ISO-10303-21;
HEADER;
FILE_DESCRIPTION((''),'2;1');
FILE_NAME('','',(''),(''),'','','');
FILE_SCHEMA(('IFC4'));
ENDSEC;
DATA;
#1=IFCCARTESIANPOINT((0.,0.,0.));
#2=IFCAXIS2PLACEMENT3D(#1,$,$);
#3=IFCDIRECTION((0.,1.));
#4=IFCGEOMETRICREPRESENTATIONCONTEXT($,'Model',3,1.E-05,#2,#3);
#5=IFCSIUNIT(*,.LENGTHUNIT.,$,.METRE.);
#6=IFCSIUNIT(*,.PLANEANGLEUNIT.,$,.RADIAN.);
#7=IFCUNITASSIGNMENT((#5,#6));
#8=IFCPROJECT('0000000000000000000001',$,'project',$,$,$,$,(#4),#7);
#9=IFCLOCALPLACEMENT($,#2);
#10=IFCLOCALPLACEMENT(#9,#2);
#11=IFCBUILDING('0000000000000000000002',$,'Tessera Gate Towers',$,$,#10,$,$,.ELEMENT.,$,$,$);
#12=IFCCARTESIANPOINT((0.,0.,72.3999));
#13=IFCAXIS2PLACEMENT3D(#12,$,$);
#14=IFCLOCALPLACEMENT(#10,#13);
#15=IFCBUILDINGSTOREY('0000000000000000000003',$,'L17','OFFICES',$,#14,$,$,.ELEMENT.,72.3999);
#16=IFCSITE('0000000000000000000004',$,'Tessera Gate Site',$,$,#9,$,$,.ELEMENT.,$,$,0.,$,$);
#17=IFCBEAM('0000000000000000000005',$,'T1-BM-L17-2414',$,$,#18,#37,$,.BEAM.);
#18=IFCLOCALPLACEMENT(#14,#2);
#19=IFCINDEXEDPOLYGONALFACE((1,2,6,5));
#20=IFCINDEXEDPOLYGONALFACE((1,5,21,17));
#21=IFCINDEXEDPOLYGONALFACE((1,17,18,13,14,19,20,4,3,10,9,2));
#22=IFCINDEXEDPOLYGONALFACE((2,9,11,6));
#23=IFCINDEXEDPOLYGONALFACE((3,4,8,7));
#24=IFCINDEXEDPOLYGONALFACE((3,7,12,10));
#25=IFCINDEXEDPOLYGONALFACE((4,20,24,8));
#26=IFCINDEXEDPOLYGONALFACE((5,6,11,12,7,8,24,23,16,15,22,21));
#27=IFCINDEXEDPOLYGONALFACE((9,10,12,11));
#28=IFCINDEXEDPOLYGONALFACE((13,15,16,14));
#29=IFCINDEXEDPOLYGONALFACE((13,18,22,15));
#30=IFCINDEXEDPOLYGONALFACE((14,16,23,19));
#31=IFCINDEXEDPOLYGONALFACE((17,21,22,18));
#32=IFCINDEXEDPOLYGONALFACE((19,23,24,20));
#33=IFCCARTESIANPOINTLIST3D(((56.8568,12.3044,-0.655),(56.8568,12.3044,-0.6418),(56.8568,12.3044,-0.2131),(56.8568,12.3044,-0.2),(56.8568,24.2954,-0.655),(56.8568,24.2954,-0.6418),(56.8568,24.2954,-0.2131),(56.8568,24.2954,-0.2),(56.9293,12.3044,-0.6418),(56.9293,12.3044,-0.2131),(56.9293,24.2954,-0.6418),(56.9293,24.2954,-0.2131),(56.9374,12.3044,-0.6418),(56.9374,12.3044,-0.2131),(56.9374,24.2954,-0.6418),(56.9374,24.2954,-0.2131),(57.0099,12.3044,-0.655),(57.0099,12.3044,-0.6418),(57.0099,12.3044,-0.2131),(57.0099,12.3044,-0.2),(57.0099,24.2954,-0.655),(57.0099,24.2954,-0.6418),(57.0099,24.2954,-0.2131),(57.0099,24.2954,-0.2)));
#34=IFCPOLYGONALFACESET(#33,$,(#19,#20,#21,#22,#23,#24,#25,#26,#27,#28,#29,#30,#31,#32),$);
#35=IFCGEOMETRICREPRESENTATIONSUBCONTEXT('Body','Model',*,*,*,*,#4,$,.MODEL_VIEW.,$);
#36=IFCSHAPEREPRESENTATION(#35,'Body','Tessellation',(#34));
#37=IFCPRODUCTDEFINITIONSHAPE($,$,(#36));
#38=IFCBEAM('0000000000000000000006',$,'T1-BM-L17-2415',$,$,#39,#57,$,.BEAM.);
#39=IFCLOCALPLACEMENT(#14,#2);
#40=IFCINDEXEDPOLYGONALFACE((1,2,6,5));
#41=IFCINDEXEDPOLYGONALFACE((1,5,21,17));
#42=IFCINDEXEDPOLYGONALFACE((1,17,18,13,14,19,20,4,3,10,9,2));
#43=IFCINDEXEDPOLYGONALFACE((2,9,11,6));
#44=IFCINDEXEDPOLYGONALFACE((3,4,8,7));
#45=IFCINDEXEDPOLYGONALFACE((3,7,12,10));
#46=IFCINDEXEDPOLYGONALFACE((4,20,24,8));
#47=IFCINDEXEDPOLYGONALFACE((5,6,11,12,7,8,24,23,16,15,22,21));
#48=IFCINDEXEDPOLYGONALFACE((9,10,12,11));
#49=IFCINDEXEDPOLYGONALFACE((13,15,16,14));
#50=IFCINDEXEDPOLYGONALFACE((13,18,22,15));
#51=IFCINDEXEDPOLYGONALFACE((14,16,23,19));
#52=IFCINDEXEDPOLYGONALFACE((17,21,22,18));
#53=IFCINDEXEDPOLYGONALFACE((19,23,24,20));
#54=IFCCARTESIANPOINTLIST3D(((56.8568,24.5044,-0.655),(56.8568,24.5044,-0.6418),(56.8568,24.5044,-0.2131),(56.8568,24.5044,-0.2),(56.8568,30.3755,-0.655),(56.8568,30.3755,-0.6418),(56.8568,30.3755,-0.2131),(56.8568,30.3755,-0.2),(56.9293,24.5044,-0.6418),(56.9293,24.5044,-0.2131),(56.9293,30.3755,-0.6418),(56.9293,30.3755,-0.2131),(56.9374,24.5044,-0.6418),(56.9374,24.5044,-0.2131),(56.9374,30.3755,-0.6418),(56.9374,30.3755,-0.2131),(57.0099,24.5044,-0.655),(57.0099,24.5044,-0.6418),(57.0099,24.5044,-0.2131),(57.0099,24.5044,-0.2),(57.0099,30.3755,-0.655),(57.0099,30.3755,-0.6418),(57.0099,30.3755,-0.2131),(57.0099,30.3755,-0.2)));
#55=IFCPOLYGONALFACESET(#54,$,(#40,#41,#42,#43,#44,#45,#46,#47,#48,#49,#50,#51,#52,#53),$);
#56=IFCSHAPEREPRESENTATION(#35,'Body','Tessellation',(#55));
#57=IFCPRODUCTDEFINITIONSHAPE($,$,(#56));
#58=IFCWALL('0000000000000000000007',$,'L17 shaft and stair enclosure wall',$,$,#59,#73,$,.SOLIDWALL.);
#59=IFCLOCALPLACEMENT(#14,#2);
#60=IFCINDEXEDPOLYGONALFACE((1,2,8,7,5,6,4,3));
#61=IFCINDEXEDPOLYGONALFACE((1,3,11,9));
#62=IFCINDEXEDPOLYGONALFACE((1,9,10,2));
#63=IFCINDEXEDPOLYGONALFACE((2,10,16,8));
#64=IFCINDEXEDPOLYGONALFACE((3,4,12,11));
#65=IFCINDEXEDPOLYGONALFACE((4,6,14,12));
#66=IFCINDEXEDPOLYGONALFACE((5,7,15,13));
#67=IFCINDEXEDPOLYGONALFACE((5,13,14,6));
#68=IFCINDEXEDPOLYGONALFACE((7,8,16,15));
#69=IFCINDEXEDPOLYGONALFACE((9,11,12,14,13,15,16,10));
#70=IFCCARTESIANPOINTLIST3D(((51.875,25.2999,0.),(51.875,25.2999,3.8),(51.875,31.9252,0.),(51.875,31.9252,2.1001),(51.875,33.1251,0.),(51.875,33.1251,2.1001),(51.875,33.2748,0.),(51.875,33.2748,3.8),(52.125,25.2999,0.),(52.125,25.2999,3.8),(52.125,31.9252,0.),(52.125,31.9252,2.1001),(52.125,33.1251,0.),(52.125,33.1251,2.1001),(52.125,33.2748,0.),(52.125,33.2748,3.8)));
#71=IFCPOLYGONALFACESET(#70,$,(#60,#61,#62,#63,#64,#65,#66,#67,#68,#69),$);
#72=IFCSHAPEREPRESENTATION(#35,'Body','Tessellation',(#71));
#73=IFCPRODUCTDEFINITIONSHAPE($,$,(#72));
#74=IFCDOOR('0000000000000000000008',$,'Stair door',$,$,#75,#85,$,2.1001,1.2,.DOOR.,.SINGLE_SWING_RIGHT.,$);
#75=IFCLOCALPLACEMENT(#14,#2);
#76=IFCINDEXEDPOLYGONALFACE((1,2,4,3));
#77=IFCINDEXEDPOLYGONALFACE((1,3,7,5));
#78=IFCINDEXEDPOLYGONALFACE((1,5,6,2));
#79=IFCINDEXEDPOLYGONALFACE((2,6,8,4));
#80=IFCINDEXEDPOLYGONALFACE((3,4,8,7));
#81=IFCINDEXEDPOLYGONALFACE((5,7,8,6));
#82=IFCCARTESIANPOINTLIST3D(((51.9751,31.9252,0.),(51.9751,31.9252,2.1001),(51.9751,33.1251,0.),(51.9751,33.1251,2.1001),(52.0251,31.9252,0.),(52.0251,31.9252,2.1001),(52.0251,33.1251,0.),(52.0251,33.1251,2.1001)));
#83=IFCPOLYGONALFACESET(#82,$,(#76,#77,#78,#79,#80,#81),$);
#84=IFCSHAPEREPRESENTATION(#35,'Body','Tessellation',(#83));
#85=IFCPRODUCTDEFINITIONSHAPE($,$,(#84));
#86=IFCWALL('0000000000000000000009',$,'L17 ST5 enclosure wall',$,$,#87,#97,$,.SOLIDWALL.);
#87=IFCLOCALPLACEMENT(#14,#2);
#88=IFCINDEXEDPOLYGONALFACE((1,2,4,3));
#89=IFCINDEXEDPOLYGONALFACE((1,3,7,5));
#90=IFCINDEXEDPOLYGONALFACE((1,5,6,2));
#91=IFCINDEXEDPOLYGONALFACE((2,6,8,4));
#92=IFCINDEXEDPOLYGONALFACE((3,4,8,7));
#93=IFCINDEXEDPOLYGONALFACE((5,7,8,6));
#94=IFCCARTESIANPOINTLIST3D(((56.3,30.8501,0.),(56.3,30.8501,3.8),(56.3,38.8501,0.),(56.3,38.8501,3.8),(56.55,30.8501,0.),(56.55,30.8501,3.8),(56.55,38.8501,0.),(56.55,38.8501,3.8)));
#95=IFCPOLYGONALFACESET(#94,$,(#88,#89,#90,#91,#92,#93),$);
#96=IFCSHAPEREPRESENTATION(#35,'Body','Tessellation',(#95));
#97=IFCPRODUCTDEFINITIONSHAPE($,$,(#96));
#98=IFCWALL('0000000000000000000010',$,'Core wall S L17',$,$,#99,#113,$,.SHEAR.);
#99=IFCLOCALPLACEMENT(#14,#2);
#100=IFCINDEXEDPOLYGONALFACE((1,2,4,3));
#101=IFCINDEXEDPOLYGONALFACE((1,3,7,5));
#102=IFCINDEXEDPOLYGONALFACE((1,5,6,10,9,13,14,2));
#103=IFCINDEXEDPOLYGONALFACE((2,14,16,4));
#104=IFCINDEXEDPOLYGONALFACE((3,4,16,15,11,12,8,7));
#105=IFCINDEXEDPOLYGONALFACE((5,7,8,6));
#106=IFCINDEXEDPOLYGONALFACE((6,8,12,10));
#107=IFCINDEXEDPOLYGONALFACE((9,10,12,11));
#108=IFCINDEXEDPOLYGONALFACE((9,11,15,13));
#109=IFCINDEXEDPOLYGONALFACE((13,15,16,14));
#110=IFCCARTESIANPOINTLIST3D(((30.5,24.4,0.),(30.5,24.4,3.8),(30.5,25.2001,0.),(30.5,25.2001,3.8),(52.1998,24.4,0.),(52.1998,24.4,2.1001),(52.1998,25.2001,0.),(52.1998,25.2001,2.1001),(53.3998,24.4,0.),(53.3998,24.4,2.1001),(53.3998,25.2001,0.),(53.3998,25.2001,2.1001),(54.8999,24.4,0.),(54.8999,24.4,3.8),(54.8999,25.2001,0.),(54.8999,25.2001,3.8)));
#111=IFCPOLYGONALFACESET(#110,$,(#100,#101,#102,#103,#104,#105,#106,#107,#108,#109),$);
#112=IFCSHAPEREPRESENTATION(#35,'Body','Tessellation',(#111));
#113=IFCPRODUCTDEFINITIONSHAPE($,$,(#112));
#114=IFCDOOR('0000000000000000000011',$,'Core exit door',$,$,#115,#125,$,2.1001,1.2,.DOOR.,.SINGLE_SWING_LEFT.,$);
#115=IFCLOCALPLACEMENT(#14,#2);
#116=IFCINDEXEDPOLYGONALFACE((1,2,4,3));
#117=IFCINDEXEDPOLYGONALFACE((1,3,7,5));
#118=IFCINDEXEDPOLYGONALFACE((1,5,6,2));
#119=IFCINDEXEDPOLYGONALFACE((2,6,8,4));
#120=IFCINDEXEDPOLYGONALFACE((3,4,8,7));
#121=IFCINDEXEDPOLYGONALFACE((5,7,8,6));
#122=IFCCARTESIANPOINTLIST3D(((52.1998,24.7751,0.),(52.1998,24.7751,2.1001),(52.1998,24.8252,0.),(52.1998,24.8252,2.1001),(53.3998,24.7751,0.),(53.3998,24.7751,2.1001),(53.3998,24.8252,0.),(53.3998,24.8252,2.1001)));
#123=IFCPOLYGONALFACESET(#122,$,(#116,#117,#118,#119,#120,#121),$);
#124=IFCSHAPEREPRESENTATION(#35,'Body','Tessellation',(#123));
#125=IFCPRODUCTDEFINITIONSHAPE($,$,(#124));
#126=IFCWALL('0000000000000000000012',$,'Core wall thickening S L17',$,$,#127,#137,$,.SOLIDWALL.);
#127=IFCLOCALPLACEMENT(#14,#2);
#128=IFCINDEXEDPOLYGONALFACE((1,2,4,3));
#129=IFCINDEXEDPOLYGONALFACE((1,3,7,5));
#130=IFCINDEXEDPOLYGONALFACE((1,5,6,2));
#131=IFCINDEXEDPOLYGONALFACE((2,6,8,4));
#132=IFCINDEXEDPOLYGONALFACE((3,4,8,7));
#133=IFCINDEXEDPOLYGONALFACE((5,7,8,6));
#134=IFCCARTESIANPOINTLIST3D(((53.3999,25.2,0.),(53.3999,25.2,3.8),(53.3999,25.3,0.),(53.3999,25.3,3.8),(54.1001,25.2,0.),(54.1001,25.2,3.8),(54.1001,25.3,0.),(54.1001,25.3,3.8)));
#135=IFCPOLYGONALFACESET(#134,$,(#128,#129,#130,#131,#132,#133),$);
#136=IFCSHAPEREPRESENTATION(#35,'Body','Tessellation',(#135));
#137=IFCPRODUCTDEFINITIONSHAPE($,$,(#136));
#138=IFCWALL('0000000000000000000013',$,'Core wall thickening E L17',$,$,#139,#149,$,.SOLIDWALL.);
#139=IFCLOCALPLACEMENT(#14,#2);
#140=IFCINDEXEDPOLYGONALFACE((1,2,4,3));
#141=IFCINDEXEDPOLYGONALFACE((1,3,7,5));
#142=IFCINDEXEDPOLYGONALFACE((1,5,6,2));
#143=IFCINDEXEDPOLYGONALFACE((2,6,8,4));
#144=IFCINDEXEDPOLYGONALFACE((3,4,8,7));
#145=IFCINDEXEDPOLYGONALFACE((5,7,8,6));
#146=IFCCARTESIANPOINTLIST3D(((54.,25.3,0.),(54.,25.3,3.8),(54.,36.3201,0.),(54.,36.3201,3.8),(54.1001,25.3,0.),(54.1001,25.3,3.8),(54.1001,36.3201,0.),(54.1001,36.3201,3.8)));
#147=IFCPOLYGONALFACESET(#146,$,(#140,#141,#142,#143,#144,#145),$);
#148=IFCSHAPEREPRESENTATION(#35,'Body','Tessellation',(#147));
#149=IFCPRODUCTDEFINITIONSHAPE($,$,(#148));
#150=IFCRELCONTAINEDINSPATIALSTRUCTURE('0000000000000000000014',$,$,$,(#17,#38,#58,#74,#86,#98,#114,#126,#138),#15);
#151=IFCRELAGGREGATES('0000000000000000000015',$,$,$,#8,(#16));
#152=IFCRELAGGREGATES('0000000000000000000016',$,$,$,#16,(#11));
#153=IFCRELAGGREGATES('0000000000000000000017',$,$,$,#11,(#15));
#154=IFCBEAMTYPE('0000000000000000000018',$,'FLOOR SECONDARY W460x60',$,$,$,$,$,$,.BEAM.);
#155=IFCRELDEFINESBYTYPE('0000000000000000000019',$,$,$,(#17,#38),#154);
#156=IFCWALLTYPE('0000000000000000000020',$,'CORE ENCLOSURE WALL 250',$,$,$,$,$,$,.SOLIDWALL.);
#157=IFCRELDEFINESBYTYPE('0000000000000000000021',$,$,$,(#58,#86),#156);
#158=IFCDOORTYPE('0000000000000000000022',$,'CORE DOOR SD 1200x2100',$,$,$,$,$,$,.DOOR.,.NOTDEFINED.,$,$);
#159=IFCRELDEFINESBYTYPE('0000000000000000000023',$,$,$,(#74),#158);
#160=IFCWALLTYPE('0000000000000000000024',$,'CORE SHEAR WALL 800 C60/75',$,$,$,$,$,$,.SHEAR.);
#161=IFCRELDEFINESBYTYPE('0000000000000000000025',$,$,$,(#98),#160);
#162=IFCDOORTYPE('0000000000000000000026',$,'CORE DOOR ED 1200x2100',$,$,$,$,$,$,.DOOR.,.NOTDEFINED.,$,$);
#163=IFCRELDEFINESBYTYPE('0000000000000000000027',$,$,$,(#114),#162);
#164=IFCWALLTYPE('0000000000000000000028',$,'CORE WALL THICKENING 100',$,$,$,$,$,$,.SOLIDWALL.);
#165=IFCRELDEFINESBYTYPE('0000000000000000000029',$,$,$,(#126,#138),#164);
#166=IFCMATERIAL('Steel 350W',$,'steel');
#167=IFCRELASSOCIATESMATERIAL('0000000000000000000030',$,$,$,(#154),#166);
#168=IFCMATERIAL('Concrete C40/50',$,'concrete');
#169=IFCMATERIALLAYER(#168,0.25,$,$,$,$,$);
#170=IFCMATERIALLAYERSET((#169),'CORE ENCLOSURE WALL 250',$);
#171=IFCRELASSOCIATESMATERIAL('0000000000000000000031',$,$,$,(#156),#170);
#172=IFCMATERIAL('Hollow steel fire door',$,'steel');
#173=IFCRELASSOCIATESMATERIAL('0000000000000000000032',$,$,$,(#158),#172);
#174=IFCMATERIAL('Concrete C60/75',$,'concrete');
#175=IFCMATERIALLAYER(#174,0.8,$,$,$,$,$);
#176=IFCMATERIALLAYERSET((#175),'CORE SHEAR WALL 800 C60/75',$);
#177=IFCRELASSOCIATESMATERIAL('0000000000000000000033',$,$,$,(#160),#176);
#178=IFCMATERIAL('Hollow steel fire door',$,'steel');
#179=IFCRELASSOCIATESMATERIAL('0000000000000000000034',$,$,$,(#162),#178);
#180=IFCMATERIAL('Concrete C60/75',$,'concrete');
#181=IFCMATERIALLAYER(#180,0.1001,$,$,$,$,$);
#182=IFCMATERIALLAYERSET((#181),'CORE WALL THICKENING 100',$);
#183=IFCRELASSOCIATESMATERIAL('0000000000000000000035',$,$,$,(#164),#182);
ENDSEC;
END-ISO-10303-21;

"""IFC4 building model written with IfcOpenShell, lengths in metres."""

from ifc_helpers import new_model, si_unit, direction, frame, frame_2d, origin, origin_2d, place, context, subcontext, project, spatial, rectangle, i_section, extrude, source, transform, mapped, material, layer, layer_set, material_profile, profile_set, type_object, element, fill, save


model = new_model("IFC4")

# Units and contexts
model_context = context("Model", 3, precision=1e-05, world=origin(), true_north=direction((0.0, 1.0)))
body_context = subcontext(model_context, "Body", "Model", "MODEL_VIEW")
ifc_project = project(units=[si_unit("LENGTHUNIT", "METRE"), si_unit("PLANEANGLEUNIT", "RADIAN")], contexts=[model_context])

# Site, building, storey
site_placement = place(None, origin())
site = spatial("IfcSite", under=ifc_project, at=site_placement, Name="Tessera Gate Site", CompositionType="ELEMENT", RefElevation=0.0)
building_placement = place(site_placement, origin())
building = spatial("IfcBuilding", under=site, at=building_placement, Name="Tessera Gate Towers", CompositionType="ELEMENT")
storey_placement = place(building_placement, frame((0.0, 0.0, 72.3999)))
storey = spatial("IfcBuildingStorey", under=building, at=storey_placement, Name="L17", Description="OFFICES", CompositionType="ELEMENT", Elevation=72.3999)

# Beams
ifc_material_1 = material(Name="Steel 350W", Category="steel")
ifc_material_profile_1 = material_profile(ifc_material_1, i_section(OverallWidth=0.1531, OverallDepth=0.4551, WebThickness=0.0081, FlangeThickness=0.0132, at=origin_2d()), Name="W460x60")
ifc_profile_set_1 = profile_set([ifc_material_profile_1], Name="Steel 350W")
beam_type_1 = type_object("IfcBeamType", Name="FLOOR SECONDARY W460x60", PredefinedType="BEAM", material=ifc_profile_set_1)
beam_1_placement = place(storey_placement, frame((56.9333, 12.3044, -0.4275), z_axis=(0.0, 1.0, 0.0), x_axis=(-1.0, 0.0, 0.0)))
element("IfcBeam", 1, at=beam_1_placement, inside=storey, type_object=beam_type_1, Name="T1-BM-L17-2414", PredefinedType="BEAM", context=body_context, shape_type="SweptSolid", body=[
    extrude(i_section(OverallWidth=0.1531, OverallDepth=0.4551, WebThickness=0.0081, FlangeThickness=0.0132, at=origin_2d()), origin(), (0.0, 0.0, 1.0), 11.991),
])
beam_2_placement = place(storey_placement, frame((56.9333, 24.5044, -0.4275), z_axis=(0.0, 1.0, 0.0), x_axis=(-1.0, 0.0, 0.0)))
element("IfcBeam", 2, at=beam_2_placement, inside=storey, type_object=beam_type_1, Name="T1-BM-L17-2415", PredefinedType="BEAM", context=body_context, shape_type="SweptSolid", body=[
    extrude(i_section(OverallWidth=0.1531, OverallDepth=0.4551, WebThickness=0.0081, FlangeThickness=0.0132, at=origin_2d()), origin(), (0.0, 0.0, 1.0), 5.8711),
])

# Wall, opening, door
ifc_material_2 = material(Name="Concrete C40/50", Category="concrete")
ifc_layer_1 = layer(ifc_material_2, 0.25)
ifc_layer_set_1 = layer_set([ifc_layer_1], Name="CORE ENCLOSURE WALL 250")
wall_type_1 = type_object("IfcWallType", Name="CORE ENCLOSURE WALL 250", PredefinedType="SOLIDWALL", material=ifc_layer_set_1)
wall_1_placement = place(storey_placement, frame((52.0, 25.3, 0.0), z_axis=(0.0, 0.0, 1.0), x_axis=(0.0, 1.0, 0.0)))
wall_1 = element("IfcWall", 3, at=wall_1_placement, inside=storey, type_object=wall_type_1, Name="L17 shaft and stair enclosure wall", PredefinedType="SOLIDWALL", context=body_context, shape_type="SweptSolid", body=[
    extrude(rectangle(XDim=7.9749, YDim=0.25, at=frame_2d((3.9873, 0.0))), origin(), (0.0, 0.0, 1.0), 3.8),
])
shared_shape_1 = source(origin(), body_context, "Body", "SweptSolid", [
    extrude(rectangle(XDim=1.2, YDim=2.1001, at=frame_2d((0.6001, 1.05))), frame((0.0, 0.135, 0.0), z_axis=(0.0, -1.0, 0.0), x_axis=(1.0, 0.0, 0.0)), (0.0, 0.0, 1.0), 0.27),
])
opening_1_placement = place(wall_1_placement, frame((6.625, 0.0, 0.0)))
opening_1 = element("IfcOpeningElement", 4, at=opening_1_placement, cuts=wall_1, PredefinedType="OPENING", context=body_context, shape_type="MappedRepresentation", body=[
    mapped(shared_shape_1, transform((0.0, 0.0, 0.0), scale=1.0)),
])
ifc_material_3 = material(Name="Hollow steel fire door", Category="steel")
door_type_1 = type_object("IfcDoorType", Name="CORE DOOR SD 1200x2100", OperationType="NOTDEFINED", PredefinedType="DOOR", material=ifc_material_3)
shared_shape_2 = source(origin(), body_context, "Body", "SweptSolid", [
    extrude(rectangle(XDim=1.2, YDim=2.1001, at=frame_2d((0.6001, 1.05))), frame((0.0, 0.0249, 0.0), z_axis=(0.0, -1.0, 0.0), x_axis=(1.0, 0.0, 0.0)), (0.0, 0.0, 1.0), 0.05),
])
door_1_placement = place(opening_1_placement, origin())
door_1 = element("IfcDoor", 5, at=door_1_placement, inside=storey, type_object=door_type_1, Name="Stair door", OperationType="SINGLE_SWING_RIGHT", OverallHeight=2.1001, OverallWidth=1.2, PredefinedType="DOOR", context=body_context, shape_type="MappedRepresentation", body=[
    mapped(shared_shape_2, transform((0.0, 0.0, 0.0), scale=1.0)),
])
fill(opening_1, door_1)

# Wall
wall_2_placement = place(storey_placement, frame((56.425, 30.8501, 0.0), z_axis=(0.0, 0.0, 1.0), x_axis=(0.0, 1.0, 0.0)))
element("IfcWall", 6, at=wall_2_placement, inside=storey, type_object=wall_type_1, Name="L17 ST5 enclosure wall", PredefinedType="SOLIDWALL", context=body_context, shape_type="SweptSolid", body=[
    extrude(rectangle(XDim=8.0, YDim=0.25, at=frame_2d((4.0, 0.0))), origin(), (0.0, 0.0, 1.0), 3.8),
])

# Wall, opening, door
ifc_material_4 = material(Name="Concrete C60/75", Category="concrete")
ifc_layer_2 = layer(ifc_material_4, 0.8)
ifc_layer_set_2 = layer_set([ifc_layer_2], Name="CORE SHEAR WALL 800 C60/75")
wall_type_2 = type_object("IfcWallType", Name="CORE SHEAR WALL 800 C60/75", PredefinedType="SHEAR", material=ifc_layer_set_2)
wall_3_placement = place(storey_placement, frame((54.8999, 24.8, 0.0), z_axis=(0.0, 0.0, 1.0), x_axis=(-1.0, 0.0, 0.0)))
wall_3 = element("IfcWall", 7, at=wall_3_placement, inside=storey, type_object=wall_type_2, Name="Core wall S L17", PredefinedType="SHEAR", context=body_context, shape_type="SweptSolid", body=[
    extrude(rectangle(XDim=24.3999, YDim=0.8, at=frame_2d((12.2, 0.0))), origin(), (0.0, 0.0, 1.0), 3.8),
])
shared_shape_3 = source(origin(), body_context, "Body", "SweptSolid", [
    extrude(rectangle(XDim=1.2, YDim=2.1001, at=frame_2d((0.6001, 1.05))), frame((0.0, 0.4099, 0.0), z_axis=(0.0, -1.0, 0.0), x_axis=(1.0, 0.0, 0.0)), (0.0, 0.0, 1.0), 0.8201),
])
opening_2_placement = place(wall_3_placement, frame((1.5, 0.0, 0.0)))
opening_2 = element("IfcOpeningElement", 8, at=opening_2_placement, cuts=wall_3, PredefinedType="OPENING", context=body_context, shape_type="MappedRepresentation", body=[
    mapped(shared_shape_3, transform((0.0, 0.0, 0.0), scale=1.0)),
])
ifc_material_5 = material(Name="Hollow steel fire door", Category="steel")
door_type_2 = type_object("IfcDoorType", Name="CORE DOOR ED 1200x2100", OperationType="NOTDEFINED", PredefinedType="DOOR", material=ifc_material_5)
door_2_placement = place(opening_2_placement, origin())
door_2 = element("IfcDoor", 9, at=door_2_placement, inside=storey, type_object=door_type_2, Name="Core exit door", OperationType="SINGLE_SWING_LEFT", OverallHeight=2.1001, OverallWidth=1.2, PredefinedType="DOOR", context=body_context, shape_type="MappedRepresentation", body=[
    mapped(shared_shape_2, transform((0.0, 0.0, 0.0), scale=1.0)),
])
fill(opening_2, door_2)

# Walls
ifc_material_6 = material(Name="Concrete C60/75", Category="concrete")
ifc_layer_3 = layer(ifc_material_6, 0.1001)
ifc_layer_set_3 = layer_set([ifc_layer_3], Name="CORE WALL THICKENING 100")
wall_type_3 = type_object("IfcWallType", Name="CORE WALL THICKENING 100", PredefinedType="SOLIDWALL", material=ifc_layer_set_3)
wall_4_placement = place(storey_placement, frame((53.3999, 25.25, 0.0), z_axis=(0.0, 0.0, 1.0), x_axis=(1.0, 0.0, 0.0)))
element("IfcWall", 10, at=wall_4_placement, inside=storey, type_object=wall_type_3, Name="Core wall thickening S L17", PredefinedType="SOLIDWALL", context=body_context, shape_type="SweptSolid", body=[
    extrude(rectangle(XDim=0.7002, YDim=0.1001, at=frame_2d((0.3501, 0.0))), origin(), (0.0, 0.0, 1.0), 3.8),
])
wall_5_placement = place(storey_placement, frame((54.05, 25.3, 0.0), z_axis=(0.0, 0.0, 1.0), x_axis=(0.0, 1.0, 0.0)))
element("IfcWall", 11, at=wall_5_placement, inside=storey, type_object=wall_type_3, Name="Core wall thickening E L17", PredefinedType="SOLIDWALL", context=body_context, shape_type="SweptSolid", body=[
    extrude(rectangle(XDim=11.02, YDim=0.1001, at=frame_2d((5.51, 0.0))), origin(), (0.0, 0.0, 1.0), 3.8),
])

save(model, "model.ifc")
